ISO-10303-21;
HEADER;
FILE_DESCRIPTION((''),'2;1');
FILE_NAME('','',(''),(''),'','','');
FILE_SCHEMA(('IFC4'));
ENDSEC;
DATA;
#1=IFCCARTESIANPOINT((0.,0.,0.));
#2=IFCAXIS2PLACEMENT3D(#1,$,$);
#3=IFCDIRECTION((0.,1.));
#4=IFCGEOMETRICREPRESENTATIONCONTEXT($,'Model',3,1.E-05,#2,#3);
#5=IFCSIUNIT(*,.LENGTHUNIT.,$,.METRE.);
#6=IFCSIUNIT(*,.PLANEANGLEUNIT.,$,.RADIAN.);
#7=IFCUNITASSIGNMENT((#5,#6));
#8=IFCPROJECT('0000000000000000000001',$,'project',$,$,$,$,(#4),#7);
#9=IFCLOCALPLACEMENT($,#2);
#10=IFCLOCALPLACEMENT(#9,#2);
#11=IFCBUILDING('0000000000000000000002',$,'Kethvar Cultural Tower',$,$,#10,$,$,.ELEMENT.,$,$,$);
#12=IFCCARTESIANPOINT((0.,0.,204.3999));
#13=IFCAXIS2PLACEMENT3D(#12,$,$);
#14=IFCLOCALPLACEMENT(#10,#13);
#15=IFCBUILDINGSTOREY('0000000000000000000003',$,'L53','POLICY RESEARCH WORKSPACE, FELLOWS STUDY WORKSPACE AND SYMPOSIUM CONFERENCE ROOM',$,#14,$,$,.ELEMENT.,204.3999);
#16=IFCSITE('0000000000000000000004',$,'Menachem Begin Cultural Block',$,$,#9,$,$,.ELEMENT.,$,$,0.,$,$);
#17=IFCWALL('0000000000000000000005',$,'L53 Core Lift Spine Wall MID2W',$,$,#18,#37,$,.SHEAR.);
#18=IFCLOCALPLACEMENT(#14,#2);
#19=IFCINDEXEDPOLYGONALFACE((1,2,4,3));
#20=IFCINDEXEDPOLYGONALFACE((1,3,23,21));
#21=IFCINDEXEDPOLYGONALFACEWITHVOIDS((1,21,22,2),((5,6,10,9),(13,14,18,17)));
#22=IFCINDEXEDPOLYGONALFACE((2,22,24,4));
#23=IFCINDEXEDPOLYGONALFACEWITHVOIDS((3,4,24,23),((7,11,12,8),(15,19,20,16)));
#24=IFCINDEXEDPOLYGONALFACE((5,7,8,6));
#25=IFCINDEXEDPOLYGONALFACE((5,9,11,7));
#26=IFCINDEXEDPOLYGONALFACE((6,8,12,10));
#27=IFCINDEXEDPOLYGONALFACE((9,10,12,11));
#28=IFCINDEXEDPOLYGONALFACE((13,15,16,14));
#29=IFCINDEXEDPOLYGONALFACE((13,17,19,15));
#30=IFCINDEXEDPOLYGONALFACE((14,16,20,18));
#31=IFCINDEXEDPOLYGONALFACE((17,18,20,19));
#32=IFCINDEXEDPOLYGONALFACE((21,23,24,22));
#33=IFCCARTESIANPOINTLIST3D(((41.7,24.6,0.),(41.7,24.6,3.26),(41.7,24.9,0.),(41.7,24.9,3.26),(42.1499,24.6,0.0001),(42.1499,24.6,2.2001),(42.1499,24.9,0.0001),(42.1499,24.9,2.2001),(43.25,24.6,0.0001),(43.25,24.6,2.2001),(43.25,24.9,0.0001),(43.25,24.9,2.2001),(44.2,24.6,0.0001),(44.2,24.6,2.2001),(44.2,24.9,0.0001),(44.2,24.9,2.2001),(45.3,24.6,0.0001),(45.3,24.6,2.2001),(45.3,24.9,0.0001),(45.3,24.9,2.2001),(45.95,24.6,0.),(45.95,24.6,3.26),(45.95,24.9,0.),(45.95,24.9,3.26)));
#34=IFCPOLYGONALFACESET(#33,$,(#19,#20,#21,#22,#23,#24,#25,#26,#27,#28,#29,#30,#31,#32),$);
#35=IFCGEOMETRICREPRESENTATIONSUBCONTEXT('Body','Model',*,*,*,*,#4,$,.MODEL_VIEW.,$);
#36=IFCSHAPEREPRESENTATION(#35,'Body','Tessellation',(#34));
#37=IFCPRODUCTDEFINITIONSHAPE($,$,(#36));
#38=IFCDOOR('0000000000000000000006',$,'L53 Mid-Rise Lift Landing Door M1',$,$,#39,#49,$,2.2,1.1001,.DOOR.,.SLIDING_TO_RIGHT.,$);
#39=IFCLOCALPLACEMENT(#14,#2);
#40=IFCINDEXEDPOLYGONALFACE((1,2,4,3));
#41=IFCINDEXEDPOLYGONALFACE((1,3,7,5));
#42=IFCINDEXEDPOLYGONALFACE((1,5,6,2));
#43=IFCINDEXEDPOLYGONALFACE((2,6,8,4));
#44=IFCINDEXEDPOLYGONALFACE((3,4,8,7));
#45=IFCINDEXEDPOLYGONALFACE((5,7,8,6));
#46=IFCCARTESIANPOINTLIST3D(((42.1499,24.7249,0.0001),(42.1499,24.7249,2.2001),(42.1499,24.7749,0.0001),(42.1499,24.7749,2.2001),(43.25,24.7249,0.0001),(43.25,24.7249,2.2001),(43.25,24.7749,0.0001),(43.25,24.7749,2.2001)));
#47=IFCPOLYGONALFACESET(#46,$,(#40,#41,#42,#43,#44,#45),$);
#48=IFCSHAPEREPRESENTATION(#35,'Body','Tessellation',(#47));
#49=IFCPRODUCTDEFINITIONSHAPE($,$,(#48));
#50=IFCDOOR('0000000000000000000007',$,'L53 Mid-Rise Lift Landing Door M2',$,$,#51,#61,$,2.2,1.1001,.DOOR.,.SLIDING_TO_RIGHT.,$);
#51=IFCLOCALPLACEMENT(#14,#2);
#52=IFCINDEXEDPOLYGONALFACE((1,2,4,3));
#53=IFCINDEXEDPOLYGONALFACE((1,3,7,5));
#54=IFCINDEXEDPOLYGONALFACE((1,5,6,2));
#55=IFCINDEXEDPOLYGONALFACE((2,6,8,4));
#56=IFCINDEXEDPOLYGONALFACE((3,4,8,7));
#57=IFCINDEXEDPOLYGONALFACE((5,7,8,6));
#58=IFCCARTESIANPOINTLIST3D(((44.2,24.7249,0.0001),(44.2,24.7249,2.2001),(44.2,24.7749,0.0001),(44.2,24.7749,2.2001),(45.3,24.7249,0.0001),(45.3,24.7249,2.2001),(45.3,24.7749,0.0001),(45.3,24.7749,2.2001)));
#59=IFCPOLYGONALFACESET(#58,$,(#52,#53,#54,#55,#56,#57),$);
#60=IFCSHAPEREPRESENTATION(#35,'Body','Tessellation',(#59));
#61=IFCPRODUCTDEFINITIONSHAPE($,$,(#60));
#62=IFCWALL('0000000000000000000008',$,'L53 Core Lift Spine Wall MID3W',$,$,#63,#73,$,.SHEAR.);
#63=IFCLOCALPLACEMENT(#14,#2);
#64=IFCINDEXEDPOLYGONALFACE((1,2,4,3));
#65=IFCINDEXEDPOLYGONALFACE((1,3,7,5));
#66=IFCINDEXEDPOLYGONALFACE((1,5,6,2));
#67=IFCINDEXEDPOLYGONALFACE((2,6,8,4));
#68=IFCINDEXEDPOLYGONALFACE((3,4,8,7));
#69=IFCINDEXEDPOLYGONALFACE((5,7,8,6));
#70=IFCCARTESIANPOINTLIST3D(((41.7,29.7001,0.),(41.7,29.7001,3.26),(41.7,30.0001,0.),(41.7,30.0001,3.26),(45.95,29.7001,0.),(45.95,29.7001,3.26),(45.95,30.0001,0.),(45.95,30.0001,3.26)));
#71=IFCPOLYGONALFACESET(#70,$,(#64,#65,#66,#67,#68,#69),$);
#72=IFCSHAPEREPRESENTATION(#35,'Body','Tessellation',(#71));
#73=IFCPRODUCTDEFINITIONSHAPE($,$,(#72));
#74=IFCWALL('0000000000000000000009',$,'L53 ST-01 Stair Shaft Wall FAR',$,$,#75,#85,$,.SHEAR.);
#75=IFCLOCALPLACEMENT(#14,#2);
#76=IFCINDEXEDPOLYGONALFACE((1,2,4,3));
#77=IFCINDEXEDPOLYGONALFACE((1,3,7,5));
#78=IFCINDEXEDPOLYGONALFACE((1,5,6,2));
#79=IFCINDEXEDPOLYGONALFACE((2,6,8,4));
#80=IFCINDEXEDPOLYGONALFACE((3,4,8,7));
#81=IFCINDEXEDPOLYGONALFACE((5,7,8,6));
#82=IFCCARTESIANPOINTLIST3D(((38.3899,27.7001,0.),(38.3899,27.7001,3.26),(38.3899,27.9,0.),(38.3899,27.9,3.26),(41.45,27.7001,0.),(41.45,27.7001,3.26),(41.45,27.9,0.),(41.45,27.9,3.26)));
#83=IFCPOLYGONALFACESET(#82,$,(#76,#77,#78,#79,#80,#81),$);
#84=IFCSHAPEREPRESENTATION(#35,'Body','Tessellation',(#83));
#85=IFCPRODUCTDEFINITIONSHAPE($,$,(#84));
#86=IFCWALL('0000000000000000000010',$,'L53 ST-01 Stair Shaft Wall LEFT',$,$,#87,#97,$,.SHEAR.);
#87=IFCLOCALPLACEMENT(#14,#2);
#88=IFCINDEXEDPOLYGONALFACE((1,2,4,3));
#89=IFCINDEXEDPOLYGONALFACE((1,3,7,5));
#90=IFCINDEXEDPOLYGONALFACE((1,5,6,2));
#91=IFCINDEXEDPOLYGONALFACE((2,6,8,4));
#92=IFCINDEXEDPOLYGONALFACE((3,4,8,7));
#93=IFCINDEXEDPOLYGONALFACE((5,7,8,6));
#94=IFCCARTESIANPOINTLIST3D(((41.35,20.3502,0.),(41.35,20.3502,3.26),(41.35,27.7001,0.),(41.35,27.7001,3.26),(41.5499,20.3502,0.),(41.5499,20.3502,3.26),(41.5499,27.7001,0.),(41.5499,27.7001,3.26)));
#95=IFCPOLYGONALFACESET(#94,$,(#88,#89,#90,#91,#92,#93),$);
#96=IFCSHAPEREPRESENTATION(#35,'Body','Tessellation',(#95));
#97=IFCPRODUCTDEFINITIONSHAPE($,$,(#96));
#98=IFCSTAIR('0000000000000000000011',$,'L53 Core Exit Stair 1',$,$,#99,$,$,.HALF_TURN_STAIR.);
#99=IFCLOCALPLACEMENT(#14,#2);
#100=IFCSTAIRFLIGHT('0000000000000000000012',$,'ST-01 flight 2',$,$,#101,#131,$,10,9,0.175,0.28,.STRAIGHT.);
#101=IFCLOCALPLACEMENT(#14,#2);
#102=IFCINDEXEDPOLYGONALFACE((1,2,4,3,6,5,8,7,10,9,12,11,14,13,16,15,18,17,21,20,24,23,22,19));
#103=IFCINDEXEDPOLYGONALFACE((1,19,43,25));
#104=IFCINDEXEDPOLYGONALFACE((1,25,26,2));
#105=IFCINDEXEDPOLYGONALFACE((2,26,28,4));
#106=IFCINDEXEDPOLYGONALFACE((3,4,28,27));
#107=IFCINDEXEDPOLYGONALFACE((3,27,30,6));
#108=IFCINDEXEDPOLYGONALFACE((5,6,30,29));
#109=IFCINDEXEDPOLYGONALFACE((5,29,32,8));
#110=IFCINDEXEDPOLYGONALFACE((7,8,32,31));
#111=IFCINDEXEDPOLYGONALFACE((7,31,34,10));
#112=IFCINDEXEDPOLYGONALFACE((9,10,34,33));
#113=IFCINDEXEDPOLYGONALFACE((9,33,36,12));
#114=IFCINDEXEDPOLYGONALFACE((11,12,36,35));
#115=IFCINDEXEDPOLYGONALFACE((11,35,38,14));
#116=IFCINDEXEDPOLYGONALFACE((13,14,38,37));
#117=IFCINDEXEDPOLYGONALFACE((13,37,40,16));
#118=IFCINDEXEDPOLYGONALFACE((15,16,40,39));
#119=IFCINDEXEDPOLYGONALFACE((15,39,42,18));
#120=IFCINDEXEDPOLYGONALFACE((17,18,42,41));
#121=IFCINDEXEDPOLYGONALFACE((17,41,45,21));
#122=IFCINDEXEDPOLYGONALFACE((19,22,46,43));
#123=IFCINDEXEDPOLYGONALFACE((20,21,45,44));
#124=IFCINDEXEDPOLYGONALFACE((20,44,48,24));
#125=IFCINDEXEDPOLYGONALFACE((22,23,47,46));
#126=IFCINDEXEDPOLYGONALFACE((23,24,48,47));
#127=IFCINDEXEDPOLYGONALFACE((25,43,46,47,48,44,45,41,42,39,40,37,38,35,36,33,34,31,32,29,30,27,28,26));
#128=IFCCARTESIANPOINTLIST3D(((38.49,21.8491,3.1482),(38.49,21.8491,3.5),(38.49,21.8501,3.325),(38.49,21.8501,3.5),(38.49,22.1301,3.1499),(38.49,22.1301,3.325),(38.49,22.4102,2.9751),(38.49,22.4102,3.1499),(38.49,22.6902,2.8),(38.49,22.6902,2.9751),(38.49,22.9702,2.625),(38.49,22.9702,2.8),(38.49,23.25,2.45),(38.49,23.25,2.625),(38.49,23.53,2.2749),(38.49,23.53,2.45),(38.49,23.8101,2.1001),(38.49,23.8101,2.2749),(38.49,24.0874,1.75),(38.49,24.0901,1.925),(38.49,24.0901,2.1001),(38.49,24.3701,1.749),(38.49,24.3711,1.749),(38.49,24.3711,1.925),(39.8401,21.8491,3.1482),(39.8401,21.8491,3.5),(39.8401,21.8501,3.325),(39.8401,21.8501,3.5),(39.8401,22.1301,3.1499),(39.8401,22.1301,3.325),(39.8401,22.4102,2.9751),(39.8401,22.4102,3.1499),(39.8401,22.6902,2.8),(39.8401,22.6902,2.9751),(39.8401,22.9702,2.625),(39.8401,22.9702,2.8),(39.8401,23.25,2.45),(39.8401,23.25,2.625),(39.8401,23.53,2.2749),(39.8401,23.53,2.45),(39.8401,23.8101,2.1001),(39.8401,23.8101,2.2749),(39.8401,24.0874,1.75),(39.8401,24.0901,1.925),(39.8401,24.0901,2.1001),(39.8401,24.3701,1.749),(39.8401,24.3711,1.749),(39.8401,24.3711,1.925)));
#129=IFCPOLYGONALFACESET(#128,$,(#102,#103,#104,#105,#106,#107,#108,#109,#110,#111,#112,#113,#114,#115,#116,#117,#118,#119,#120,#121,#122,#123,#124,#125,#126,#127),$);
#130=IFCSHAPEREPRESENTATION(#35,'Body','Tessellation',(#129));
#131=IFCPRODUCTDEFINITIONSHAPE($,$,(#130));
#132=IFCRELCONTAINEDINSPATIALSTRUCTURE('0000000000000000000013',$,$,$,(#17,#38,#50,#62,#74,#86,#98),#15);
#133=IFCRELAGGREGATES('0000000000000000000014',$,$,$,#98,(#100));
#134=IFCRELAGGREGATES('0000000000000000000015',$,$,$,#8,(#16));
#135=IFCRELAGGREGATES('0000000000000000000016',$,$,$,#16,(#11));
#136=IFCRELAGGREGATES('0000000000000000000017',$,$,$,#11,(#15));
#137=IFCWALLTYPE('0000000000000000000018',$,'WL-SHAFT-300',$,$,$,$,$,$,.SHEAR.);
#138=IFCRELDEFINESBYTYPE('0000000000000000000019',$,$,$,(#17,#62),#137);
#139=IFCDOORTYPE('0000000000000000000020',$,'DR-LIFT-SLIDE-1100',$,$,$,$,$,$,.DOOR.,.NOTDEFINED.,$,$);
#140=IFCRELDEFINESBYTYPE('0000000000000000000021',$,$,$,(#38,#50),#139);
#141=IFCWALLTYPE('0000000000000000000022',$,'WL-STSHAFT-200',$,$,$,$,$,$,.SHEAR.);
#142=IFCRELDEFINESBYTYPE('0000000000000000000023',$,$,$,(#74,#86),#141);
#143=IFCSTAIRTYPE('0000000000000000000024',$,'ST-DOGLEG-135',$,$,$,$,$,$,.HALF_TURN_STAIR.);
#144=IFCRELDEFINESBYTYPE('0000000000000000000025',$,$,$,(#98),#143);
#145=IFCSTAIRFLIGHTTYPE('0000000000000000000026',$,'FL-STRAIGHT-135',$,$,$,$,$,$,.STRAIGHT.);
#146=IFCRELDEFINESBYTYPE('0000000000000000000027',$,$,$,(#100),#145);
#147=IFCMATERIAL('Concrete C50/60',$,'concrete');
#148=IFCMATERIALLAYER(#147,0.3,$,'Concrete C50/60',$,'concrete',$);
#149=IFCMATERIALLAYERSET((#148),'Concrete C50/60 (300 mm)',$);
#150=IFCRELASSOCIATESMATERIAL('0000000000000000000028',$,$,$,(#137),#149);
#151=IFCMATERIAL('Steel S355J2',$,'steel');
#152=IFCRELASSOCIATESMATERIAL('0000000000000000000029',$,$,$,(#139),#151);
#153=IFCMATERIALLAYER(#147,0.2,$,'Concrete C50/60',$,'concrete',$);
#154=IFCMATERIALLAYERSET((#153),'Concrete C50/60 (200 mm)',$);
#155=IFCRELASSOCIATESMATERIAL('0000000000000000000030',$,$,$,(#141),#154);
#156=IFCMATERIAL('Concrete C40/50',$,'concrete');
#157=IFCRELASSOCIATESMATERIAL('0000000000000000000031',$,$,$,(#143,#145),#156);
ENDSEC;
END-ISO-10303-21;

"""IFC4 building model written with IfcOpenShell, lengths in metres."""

from ifc_helpers import new_model, si_unit, direction, frame, frame_2d, origin, place, context, subcontext, project, spatial, polyline, rectangle, outline, extrude, source, transform, mapped, material, layer, layer_set, type_object, element, fill, aggregate, save


model = new_model("IFC4")

# Units and contexts
model_context = context("Model", 3, precision=1e-05, world=origin(), true_north=direction((0.0, 1.0)))
body_context = subcontext(model_context, "Body", "Model", "MODEL_VIEW")
ifc_project = project(units=[si_unit("LENGTHUNIT", "METRE"), si_unit("PLANEANGLEUNIT", "RADIAN")], contexts=[model_context])

# Site, building, storey
site_placement = place(None, origin())
site = spatial("IfcSite", under=ifc_project, at=site_placement, Name="Menachem Begin Cultural Block", CompositionType="ELEMENT", RefElevation=0.0)
building_placement = place(site_placement, origin())
building = spatial("IfcBuilding", under=site, at=building_placement, Name="Kethvar Cultural Tower", CompositionType="ELEMENT")
storey_placement = place(building_placement, frame((0.0, 0.0, 204.3999)))
storey = spatial("IfcBuildingStorey", under=building, at=storey_placement, Name="L53", Description="POLICY RESEARCH WORKSPACE, FELLOWS STUDY WORKSPACE AND SYMPOSIUM CONFERENCE ROOM", CompositionType="ELEMENT", Elevation=204.3999)

# Shared definitions
ifc_material_1 = material(Name="Steel S355J2", Category="steel")

# Shared definitions
ifc_material_2 = material(Name="Concrete C40/50", Category="concrete")

# Wall, openings, doors
ifc_material_3 = material(Name="Concrete C50/60", Category="concrete")
ifc_layer_1 = layer(ifc_material_3, 0.3, Name="Concrete C50/60", Category="concrete")
ifc_layer_set_1 = layer_set([ifc_layer_1], Name="Concrete C50/60 (300 mm)")
wall_type_1 = type_object("IfcWallType", Name="WL-SHAFT-300", PredefinedType="SHEAR", material=ifc_layer_set_1)
wall_1_placement = place(storey_placement, frame((41.7, 24.75, 0.0), z_axis=(0.0, 0.0, 1.0), x_axis=(1.0, 0.0, 0.0)))
wall_1 = element("IfcWall", 1, at=wall_1_placement, inside=storey, type_object=wall_type_1, Name="L53 Core Lift Spine Wall MID2W", PredefinedType="SHEAR", context=body_context, shape_type="SweptSolid", body=[
    extrude(rectangle(XDim=4.25, YDim=0.3, at=frame_2d((2.125, 0.0))), origin(), (0.0, 0.0, 1.0), 3.26),
])
opening_1_placement = place(wall_1_placement, frame((0.45, 0.0, 0.0)))
opening_1 = element("IfcOpeningElement", 2, at=opening_1_placement, cuts=wall_1, PredefinedType="OPENING", context=body_context, shape_type="SweptSolid", body=[
    extrude(rectangle(XDim=1.1001, YDim=2.2, at=frame_2d((0.55, 1.1001))), frame((0.0, 0.1599, 0.0), z_axis=(0.0, -1.0, 0.0), x_axis=(1.0, 0.0, 0.0)), (0.0, 0.0, 1.0), 0.3201),
])
opening_2_placement = place(wall_1_placement, frame((2.5, 0.0, 0.0)))
opening_2 = element("IfcOpeningElement", 3, at=opening_2_placement, cuts=wall_1, PredefinedType="OPENING", context=body_context, shape_type="SweptSolid", body=[
    extrude(rectangle(XDim=1.1001, YDim=2.2, at=frame_2d((0.55, 1.1001))), frame((0.0, 0.1599, 0.0), z_axis=(0.0, -1.0, 0.0), x_axis=(1.0, 0.0, 0.0)), (0.0, 0.0, 1.0), 0.3201),
])
door_type = type_object("IfcDoorType", Name="DR-LIFT-SLIDE-1100", OperationType="NOTDEFINED", PredefinedType="DOOR", material=ifc_material_1)
shared_shape_1 = source(origin(), body_context, "Body", "SweptSolid", [
    extrude(rectangle(XDim=1.1001, YDim=2.2, at=frame_2d((0.55, 1.1001))), frame((0.0, 0.0249, 0.0), z_axis=(0.0, -1.0, 0.0), x_axis=(1.0, 0.0, 0.0)), (0.0, 0.0, 1.0), 0.05),
])
door_1_placement = place(opening_1_placement, origin())
door_1 = element("IfcDoor", 4, at=door_1_placement, inside=storey, type_object=door_type, Name="L53 Mid-Rise Lift Landing Door M1", OperationType="SLIDING_TO_RIGHT", OverallHeight=2.2, OverallWidth=1.1001, PredefinedType="DOOR", context=body_context, shape_type="MappedRepresentation", body=[
    mapped(shared_shape_1, transform((0.0, 0.0, 0.0), scale=1.0)),
])
fill(opening_1, door_1)
door_2_placement = place(opening_2_placement, origin())
door_2 = element("IfcDoor", 5, at=door_2_placement, inside=storey, type_object=door_type, Name="L53 Mid-Rise Lift Landing Door M2", OperationType="SLIDING_TO_RIGHT", OverallHeight=2.2, OverallWidth=1.1001, PredefinedType="DOOR", context=body_context, shape_type="MappedRepresentation", body=[
    mapped(shared_shape_1, transform((0.0, 0.0, 0.0), scale=1.0)),
])
fill(opening_2, door_2)

# Walls
wall_2_placement = place(storey_placement, frame((41.7, 29.8501, 0.0), z_axis=(0.0, 0.0, 1.0), x_axis=(1.0, 0.0, 0.0)))
element("IfcWall", 6, at=wall_2_placement, inside=storey, type_object=wall_type_1, Name="L53 Core Lift Spine Wall MID3W", PredefinedType="SHEAR", context=body_context, shape_type="SweptSolid", body=[
    extrude(rectangle(XDim=4.25, YDim=0.3, at=frame_2d((2.125, 0.0))), origin(), (0.0, 0.0, 1.0), 3.26),
])
ifc_layer_2 = layer(ifc_material_3, 0.2, Name="Concrete C50/60", Category="concrete")
ifc_layer_set_2 = layer_set([ifc_layer_2], Name="Concrete C50/60 (200 mm)")
wall_type_2 = type_object("IfcWallType", Name="WL-STSHAFT-200", PredefinedType="SHEAR", material=ifc_layer_set_2)
wall_3_placement = place(storey_placement, frame((38.3899, 27.8, 0.0), z_axis=(0.0, 0.0, 1.0), x_axis=(1.0, 0.0, 0.0)))
element("IfcWall", 7, at=wall_3_placement, inside=storey, type_object=wall_type_2, Name="L53 ST-01 Stair Shaft Wall FAR", PredefinedType="SHEAR", context=body_context, shape_type="SweptSolid", body=[
    extrude(rectangle(XDim=3.0601, YDim=0.2, at=frame_2d((1.53, 0.0))), origin(), (0.0, 0.0, 1.0), 3.26),
])
wall_4_placement = place(storey_placement, frame((41.45, 27.7, 0.0), z_axis=(0.0, 0.0, 1.0), x_axis=(0.0, -1.0, 0.0)))
element("IfcWall", 8, at=wall_4_placement, inside=storey, type_object=wall_type_2, Name="L53 ST-01 Stair Shaft Wall LEFT", PredefinedType="SHEAR", context=body_context, shape_type="SweptSolid", body=[
    extrude(rectangle(XDim=7.3499, YDim=0.2, at=frame_2d((3.6748, 0.0))), origin(), (0.0, 0.0, 1.0), 3.26),
])

# Stair, stair flight
stair_type = type_object("IfcStairType", Name="ST-DOGLEG-135", PredefinedType="HALF_TURN_STAIR", material=ifc_material_2)
stair_placement = place(storey_placement, origin())
stair = element("IfcStair", 9, at=stair_placement, inside=storey, type_object=stair_type, Name="L53 Core Exit Stair 1", PredefinedType="HALF_TURN_STAIR")
stair_flight_type = type_object("IfcStairFlightType", Name="FL-STRAIGHT-135", PredefinedType="STRAIGHT", material=ifc_material_2)
stair_flight_placement = place(storey_placement, frame((39.165, 24.3701, 1.75), z_axis=(0.0, 0.0, 1.0), x_axis=(0.0, -1.0, 0.0)))
stair_flight = element("IfcStairFlight", 10, at=stair_flight_placement, type_object=stair_flight_type, Name="ST-01 flight 2", NumberOfRisers=10, NumberOfTreads=9, PredefinedType="STRAIGHT", RiserHeight=0.175, TreadLength=0.28, context=body_context, shape_type="SweptSolid", body=[
    extrude(outline(polyline([(-0.001, -0.001), (-0.001, 0.175), (0.28, 0.175), (0.28, 0.3501), (0.5601, 0.3501), (0.5601, 0.5249), (0.8401, 0.5249), (0.8401, 0.7), (1.1201, 0.7), (1.1201, 0.875), (1.3999, 0.875), (1.3999, 1.05), (1.6799, 1.05), (1.6799, 1.2251), (1.96, 1.2251), (1.96, 1.3999), (2.24, 1.3999), (2.24, 1.575), (2.52, 1.575), (2.52, 1.75), (2.521, 1.75), (2.521, 1.3982), (0.2827, 0.0), (0.0, -0.001), (-0.001, -0.001)])), frame((0.0, 0.675, 0.0), z_axis=(0.0, -1.0, 0.0), x_axis=(1.0, 0.0, 0.0)), (0.0, 0.0, 1.0), 1.3501),
])
aggregate(stair, [stair_flight])

save(model, "model.ifc")
